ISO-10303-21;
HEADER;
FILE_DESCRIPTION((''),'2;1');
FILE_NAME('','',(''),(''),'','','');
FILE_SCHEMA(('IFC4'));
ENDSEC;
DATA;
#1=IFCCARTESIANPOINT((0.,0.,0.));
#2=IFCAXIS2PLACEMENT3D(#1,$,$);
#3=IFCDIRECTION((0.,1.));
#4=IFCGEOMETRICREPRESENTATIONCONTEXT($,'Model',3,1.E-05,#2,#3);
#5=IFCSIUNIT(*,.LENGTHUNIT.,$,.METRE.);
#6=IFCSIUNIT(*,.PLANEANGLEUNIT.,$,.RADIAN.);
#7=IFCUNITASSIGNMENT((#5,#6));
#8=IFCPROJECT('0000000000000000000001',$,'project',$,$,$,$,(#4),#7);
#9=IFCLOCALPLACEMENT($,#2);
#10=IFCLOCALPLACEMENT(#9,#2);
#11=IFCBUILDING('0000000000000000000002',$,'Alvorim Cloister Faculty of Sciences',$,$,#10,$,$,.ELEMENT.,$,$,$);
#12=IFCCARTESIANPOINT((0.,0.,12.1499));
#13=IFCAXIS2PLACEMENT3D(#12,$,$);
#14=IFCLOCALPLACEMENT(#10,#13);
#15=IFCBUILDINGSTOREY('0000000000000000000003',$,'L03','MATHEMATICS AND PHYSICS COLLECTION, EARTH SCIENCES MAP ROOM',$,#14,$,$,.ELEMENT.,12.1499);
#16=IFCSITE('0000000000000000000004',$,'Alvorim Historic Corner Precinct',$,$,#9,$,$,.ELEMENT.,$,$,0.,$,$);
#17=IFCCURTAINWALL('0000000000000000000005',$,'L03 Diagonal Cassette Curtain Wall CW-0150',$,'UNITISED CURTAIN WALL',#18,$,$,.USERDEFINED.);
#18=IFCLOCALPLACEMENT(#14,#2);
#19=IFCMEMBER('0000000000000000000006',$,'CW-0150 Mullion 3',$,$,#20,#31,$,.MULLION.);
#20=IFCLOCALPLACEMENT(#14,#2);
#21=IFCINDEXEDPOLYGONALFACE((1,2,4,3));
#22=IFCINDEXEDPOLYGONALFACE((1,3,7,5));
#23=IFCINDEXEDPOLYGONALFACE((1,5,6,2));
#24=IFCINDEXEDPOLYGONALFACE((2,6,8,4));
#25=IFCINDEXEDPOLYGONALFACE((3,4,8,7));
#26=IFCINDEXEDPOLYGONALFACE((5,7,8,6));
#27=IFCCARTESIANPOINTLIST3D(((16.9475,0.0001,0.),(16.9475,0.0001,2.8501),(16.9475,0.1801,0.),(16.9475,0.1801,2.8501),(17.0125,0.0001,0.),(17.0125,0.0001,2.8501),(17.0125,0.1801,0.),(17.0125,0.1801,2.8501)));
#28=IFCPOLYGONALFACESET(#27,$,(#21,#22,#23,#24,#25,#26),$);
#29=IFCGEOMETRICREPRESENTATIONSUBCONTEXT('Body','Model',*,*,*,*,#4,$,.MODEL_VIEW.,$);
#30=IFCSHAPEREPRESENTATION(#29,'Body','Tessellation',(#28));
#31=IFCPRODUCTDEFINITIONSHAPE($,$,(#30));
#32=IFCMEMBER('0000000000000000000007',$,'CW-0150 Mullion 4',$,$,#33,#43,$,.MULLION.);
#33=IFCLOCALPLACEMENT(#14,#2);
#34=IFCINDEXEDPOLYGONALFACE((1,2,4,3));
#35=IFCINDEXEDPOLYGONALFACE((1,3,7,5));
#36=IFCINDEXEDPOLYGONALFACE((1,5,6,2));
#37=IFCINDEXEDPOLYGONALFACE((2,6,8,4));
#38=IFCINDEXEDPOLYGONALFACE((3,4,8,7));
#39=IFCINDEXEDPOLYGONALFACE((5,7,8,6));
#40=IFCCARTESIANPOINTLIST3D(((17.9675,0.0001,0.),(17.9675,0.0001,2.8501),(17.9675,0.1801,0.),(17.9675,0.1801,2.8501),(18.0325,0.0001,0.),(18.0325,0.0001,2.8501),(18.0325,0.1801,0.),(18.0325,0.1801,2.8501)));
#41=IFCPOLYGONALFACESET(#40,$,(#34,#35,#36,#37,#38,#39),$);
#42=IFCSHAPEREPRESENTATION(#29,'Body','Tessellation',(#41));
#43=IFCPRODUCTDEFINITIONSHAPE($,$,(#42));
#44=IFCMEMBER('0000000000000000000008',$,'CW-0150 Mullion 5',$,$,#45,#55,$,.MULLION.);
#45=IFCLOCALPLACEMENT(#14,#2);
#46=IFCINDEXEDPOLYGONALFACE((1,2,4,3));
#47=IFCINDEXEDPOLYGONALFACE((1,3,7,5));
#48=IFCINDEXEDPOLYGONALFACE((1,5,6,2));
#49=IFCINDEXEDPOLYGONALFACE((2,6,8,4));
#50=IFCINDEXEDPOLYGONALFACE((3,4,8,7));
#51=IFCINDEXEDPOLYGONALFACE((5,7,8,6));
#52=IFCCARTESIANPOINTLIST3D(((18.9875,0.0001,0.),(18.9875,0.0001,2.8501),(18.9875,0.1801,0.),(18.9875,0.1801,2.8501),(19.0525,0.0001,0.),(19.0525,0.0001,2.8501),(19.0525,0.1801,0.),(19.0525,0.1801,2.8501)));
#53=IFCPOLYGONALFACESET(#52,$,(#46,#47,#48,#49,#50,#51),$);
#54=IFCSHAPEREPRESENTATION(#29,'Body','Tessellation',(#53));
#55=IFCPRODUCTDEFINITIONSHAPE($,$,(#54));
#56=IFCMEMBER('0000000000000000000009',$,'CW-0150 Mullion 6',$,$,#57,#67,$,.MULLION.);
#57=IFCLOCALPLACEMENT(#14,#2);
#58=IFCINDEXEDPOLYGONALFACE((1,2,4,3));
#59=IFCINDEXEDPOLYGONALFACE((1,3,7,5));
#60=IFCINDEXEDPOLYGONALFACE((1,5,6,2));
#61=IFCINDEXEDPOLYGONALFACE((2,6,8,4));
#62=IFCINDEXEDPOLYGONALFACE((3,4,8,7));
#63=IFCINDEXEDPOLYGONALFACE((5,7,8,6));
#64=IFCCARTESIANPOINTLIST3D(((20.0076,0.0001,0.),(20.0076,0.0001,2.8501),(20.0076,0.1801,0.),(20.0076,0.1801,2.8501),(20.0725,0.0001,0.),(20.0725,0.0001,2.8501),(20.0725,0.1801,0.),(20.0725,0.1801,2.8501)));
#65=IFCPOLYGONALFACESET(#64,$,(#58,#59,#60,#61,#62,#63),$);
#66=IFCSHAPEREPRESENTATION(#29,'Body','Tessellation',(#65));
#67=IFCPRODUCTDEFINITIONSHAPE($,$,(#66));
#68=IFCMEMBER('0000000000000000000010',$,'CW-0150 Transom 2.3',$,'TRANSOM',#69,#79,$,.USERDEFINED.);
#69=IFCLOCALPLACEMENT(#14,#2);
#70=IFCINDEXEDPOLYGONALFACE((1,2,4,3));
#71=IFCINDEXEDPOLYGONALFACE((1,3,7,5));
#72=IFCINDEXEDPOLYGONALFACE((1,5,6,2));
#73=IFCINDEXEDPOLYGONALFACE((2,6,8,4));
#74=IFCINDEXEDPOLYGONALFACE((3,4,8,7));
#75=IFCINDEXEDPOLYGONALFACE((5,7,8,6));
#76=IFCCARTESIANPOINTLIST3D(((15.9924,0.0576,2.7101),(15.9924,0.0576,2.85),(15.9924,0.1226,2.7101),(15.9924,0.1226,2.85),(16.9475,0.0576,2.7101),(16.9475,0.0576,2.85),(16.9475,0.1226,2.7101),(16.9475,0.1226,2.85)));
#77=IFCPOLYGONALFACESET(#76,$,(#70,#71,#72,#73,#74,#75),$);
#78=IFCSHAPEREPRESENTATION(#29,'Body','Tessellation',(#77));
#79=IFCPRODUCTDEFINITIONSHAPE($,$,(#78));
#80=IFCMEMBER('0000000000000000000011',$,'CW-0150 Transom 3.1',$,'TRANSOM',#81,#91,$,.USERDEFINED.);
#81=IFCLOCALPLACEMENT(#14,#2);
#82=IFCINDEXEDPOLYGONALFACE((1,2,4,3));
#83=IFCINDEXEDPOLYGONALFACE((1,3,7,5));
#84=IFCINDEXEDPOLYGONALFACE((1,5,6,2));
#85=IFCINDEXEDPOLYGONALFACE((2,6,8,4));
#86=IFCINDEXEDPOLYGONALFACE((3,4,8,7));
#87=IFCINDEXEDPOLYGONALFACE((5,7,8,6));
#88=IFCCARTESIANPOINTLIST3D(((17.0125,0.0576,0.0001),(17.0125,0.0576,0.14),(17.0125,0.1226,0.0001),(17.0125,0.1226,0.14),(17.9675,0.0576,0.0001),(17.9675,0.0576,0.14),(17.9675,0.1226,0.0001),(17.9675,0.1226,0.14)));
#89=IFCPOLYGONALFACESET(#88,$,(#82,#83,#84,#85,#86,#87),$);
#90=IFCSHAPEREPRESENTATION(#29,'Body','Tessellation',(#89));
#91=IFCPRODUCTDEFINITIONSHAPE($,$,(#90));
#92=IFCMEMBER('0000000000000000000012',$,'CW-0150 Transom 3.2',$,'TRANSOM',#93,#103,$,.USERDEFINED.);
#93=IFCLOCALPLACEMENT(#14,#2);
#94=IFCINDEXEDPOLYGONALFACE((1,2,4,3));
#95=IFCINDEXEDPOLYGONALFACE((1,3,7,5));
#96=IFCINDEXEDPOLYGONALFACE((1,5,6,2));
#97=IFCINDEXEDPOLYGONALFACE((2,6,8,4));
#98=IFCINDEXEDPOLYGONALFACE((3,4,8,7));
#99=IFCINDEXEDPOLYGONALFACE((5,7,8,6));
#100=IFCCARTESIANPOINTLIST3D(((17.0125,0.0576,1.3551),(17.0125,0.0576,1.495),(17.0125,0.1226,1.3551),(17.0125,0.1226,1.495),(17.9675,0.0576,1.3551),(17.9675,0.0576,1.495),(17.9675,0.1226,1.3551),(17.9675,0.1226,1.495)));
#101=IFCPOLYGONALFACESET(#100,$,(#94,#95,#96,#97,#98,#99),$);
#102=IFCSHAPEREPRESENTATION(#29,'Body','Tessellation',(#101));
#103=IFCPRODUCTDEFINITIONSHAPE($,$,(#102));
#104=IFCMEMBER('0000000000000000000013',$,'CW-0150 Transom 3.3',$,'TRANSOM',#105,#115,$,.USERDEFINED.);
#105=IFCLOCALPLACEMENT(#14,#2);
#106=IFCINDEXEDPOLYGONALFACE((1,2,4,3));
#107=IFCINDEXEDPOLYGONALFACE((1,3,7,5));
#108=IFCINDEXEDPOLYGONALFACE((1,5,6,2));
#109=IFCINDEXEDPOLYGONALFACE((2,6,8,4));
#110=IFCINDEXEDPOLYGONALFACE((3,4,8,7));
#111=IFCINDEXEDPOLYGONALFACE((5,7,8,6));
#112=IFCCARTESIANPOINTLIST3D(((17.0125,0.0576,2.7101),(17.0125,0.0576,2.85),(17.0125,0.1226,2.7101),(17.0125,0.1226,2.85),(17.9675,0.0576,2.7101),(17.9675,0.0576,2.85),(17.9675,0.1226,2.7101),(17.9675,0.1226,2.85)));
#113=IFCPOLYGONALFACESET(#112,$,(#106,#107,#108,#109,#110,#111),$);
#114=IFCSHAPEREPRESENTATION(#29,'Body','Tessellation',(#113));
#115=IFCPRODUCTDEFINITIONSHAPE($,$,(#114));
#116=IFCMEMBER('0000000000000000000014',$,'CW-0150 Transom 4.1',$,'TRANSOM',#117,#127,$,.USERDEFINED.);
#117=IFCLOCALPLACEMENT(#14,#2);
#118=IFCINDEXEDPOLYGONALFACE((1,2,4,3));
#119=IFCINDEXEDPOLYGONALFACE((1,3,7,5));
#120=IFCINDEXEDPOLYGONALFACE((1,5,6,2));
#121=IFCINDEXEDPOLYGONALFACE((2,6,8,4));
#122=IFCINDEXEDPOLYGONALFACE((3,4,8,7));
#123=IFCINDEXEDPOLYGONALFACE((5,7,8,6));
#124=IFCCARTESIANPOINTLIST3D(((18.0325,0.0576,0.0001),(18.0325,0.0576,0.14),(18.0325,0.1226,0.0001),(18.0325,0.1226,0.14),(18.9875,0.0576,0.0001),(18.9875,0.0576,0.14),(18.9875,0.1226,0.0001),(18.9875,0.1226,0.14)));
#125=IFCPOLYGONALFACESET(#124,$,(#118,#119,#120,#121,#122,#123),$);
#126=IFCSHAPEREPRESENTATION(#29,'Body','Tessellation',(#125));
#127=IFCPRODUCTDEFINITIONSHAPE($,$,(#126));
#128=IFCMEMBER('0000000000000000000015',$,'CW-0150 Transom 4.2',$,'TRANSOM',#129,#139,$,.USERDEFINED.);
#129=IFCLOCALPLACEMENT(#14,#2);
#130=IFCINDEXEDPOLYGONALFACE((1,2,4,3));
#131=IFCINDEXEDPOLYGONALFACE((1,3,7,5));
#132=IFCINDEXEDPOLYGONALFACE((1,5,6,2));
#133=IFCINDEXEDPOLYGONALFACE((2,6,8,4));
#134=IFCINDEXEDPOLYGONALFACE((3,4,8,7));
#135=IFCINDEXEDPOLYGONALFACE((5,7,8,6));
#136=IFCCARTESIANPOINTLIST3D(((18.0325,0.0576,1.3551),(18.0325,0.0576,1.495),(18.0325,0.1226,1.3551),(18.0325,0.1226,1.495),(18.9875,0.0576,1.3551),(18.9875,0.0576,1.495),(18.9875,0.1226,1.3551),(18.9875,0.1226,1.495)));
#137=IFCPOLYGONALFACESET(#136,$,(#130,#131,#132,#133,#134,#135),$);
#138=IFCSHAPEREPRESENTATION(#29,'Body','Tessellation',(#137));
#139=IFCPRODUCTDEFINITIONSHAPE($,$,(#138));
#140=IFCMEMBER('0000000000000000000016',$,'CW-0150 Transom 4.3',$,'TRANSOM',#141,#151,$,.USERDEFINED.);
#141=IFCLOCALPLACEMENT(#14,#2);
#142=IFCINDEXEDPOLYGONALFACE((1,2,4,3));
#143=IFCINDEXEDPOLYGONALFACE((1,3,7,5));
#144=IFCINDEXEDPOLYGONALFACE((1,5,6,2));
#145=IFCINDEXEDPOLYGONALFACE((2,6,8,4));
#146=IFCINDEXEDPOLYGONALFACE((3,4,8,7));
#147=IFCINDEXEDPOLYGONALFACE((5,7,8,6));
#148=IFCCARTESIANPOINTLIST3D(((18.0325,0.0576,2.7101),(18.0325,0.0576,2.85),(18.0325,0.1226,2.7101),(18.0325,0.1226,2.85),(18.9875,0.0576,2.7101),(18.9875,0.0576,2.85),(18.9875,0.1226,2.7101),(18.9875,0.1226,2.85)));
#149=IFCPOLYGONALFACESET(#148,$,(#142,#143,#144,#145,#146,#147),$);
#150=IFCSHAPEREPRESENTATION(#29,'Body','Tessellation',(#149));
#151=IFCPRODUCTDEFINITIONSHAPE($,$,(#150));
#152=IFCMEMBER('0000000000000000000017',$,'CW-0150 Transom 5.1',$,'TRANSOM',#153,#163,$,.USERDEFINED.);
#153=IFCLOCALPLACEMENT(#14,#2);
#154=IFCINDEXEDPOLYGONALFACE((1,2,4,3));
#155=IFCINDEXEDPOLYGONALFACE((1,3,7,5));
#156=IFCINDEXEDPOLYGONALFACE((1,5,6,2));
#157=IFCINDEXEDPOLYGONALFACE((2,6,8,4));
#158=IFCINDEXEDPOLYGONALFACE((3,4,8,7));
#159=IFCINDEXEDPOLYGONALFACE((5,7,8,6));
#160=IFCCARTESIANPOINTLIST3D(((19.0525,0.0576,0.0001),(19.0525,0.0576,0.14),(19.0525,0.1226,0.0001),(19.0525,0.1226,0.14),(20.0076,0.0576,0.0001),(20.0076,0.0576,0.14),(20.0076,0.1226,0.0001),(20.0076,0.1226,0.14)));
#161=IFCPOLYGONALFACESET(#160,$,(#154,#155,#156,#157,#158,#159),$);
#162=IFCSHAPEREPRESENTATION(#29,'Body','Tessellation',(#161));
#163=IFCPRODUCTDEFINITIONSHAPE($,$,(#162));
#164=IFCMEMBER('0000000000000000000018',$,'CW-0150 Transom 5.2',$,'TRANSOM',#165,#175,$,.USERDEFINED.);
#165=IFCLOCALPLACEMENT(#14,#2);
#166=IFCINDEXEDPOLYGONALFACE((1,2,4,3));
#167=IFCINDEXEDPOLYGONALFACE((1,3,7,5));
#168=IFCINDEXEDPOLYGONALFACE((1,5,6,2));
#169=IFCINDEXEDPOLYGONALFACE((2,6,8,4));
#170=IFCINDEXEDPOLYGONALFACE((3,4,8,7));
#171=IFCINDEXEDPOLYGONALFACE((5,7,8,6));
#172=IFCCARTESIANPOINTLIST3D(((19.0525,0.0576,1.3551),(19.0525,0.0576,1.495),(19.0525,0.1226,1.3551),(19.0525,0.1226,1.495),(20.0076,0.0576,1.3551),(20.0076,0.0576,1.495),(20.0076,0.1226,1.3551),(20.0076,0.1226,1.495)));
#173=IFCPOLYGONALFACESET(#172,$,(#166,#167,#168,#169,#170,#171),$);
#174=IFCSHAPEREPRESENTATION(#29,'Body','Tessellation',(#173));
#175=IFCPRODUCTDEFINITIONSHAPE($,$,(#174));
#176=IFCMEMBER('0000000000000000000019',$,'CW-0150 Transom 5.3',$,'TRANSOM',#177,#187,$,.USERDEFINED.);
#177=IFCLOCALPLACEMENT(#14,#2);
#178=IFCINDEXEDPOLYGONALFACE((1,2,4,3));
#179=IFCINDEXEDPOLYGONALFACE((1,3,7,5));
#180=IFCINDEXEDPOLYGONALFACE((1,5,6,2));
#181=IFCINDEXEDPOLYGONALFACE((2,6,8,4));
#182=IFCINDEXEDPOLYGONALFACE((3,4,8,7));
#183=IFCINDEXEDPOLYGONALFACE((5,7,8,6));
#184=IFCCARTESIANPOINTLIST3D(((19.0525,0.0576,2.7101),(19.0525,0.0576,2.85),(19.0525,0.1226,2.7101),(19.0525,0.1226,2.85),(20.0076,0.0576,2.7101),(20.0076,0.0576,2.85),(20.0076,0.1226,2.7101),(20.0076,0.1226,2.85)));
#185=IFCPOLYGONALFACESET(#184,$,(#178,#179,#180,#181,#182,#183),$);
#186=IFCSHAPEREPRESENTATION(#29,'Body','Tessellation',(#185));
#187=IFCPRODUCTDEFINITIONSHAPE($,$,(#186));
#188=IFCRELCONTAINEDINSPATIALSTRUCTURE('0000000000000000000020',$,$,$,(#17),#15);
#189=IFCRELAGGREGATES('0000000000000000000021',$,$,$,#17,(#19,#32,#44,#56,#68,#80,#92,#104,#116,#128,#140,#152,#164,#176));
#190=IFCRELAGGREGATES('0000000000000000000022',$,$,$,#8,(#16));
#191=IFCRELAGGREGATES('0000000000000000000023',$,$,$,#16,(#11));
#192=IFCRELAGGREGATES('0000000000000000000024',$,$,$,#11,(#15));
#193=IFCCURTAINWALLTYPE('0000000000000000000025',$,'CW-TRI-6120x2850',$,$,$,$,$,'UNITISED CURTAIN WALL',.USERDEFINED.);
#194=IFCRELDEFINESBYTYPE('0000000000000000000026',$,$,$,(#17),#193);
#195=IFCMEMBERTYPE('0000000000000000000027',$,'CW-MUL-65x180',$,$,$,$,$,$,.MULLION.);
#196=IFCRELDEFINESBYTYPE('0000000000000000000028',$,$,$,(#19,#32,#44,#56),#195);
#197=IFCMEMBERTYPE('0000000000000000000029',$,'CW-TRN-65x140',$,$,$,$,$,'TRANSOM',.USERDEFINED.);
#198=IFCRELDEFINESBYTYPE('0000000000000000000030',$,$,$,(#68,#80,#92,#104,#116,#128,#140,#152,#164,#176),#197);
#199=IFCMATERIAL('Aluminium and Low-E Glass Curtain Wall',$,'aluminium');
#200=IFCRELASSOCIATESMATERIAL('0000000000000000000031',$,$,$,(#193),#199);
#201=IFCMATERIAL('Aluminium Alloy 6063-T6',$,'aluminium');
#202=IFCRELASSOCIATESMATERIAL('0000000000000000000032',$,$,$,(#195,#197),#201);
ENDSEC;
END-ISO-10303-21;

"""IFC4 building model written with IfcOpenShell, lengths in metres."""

from ifc_helpers import new_model, si_unit, direction, frame, origin, origin_2d, place, context, subcontext, project, spatial, rectangle, extrude, material, material_profile, profile_set, type_object, element, aggregate, save


model = new_model("IFC4")

# Units and contexts
model_context = context("Model", 3, precision=1e-05, world=origin(), true_north=direction((0.0, 1.0)))
body_context = subcontext(model_context, "Body", "Model", "MODEL_VIEW")
ifc_project = project(units=[si_unit("LENGTHUNIT", "METRE"), si_unit("PLANEANGLEUNIT", "RADIAN")], contexts=[model_context])

# Site, building, storey
site_placement = place(None, origin())
site = spatial("IfcSite", under=ifc_project, at=site_placement, Name="Alvorim Historic Corner Precinct", CompositionType="ELEMENT", RefElevation=0.0)
building_placement = place(site_placement, origin())
building = spatial("IfcBuilding", under=site, at=building_placement, Name="Alvorim Cloister Faculty of Sciences", CompositionType="ELEMENT")
storey_placement = place(building_placement, frame((0.0, 0.0, 12.1499)))
storey = spatial("IfcBuildingStorey", under=building, at=storey_placement, Name="L03", Description="MATHEMATICS AND PHYSICS COLLECTION, EARTH SCIENCES MAP ROOM", CompositionType="ELEMENT", Elevation=12.1499)

# Curtain wall, members
ifc_material_1 = material(Name="Aluminium and Low-E Glass Curtain Wall", Category="aluminium")
curtain_wall_type = type_object("IfcCurtainWallType", Name="CW-TRI-6120x2850", ElementType="UNITISED CURTAIN WALL", PredefinedType="USERDEFINED", material=ifc_material_1)
curtain_wall_placement = place(storey_placement, origin())
curtain_wall = element("IfcCurtainWall", 1, at=curtain_wall_placement, inside=storey, type_object=curtain_wall_type, Name="L03 Diagonal Cassette Curtain Wall CW-0150", ObjectType="UNITISED CURTAIN WALL", PredefinedType="USERDEFINED")
ifc_material_2 = material(Name="Aluminium Alloy 6063-T6", Category="aluminium")
ifc_material_profile_1 = material_profile(ifc_material_2, rectangle(XDim=0.0649, YDim=0.1799, at=origin_2d()), Name="ALU-MUL-65x180")
ifc_profile_set_1 = profile_set([ifc_material_profile_1], Name="Aluminium Alloy 6063-T6")
member_type_1 = type_object("IfcMemberType", Name="CW-MUL-65x180", PredefinedType="MULLION", material=ifc_profile_set_1)
member_1_placement = place(storey_placement, frame((16.98, 0.0901, 0.0), z_axis=(0.0, 0.0, 1.0), x_axis=(1.0, 0.0, 0.0)))
member_1 = element("IfcMember", 2, at=member_1_placement, type_object=member_type_1, Name="CW-0150 Mullion 3", PredefinedType="MULLION", context=body_context, shape_type="SweptSolid", body=[
    extrude(rectangle(XDim=0.0649, YDim=0.1799, at=origin_2d()), origin(), (0.0, 0.0, 1.0), 2.8501),
])
member_2_placement = place(storey_placement, frame((18.0, 0.0901, 0.0), z_axis=(0.0, 0.0, 1.0), x_axis=(1.0, 0.0, 0.0)))
member_2 = element("IfcMember", 3, at=member_2_placement, type_object=member_type_1, Name="CW-0150 Mullion 4", PredefinedType="MULLION", context=body_context, shape_type="SweptSolid", body=[
    extrude(rectangle(XDim=0.0649, YDim=0.1799, at=origin_2d()), origin(), (0.0, 0.0, 1.0), 2.8501),
])
member_3_placement = place(storey_placement, frame((19.02, 0.0901, 0.0), z_axis=(0.0, 0.0, 1.0), x_axis=(1.0, 0.0, 0.0)))
member_3 = element("IfcMember", 4, at=member_3_placement, type_object=member_type_1, Name="CW-0150 Mullion 5", PredefinedType="MULLION", context=body_context, shape_type="SweptSolid", body=[
    extrude(rectangle(XDim=0.0649, YDim=0.1799, at=origin_2d()), origin(), (0.0, 0.0, 1.0), 2.8501),
])
member_4_placement = place(storey_placement, frame((20.04, 0.0901, 0.0), z_axis=(0.0, 0.0, 1.0), x_axis=(1.0, 0.0, 0.0)))
member_4 = element("IfcMember", 5, at=member_4_placement, type_object=member_type_1, Name="CW-0150 Mullion 6", PredefinedType="MULLION", context=body_context, shape_type="SweptSolid", body=[
    extrude(rectangle(XDim=0.0649, YDim=0.1799, at=origin_2d()), origin(), (0.0, 0.0, 1.0), 2.8501),
])
ifc_material_profile_2 = material_profile(ifc_material_2, rectangle(XDim=0.0649, YDim=0.1399, at=origin_2d()), Name="ALU-TRN-65x140")
ifc_profile_set_2 = profile_set([ifc_material_profile_2], Name="Aluminium Alloy 6063-T6")
member_type_2 = type_object("IfcMemberType", Name="CW-TRN-65x140", ElementType="TRANSOM", PredefinedType="USERDEFINED", material=ifc_profile_set_2)
member_5_placement = place(storey_placement, frame((15.9924, 0.0901, 2.78), z_axis=(1.0, 0.0, 0.0), x_axis=(0.0, 1.0, 0.0)))
member_5 = element("IfcMember", 6, at=member_5_placement, type_object=member_type_2, Name="CW-0150 Transom 2.3", ObjectType="TRANSOM", PredefinedType="USERDEFINED", context=body_context, shape_type="SweptSolid", body=[
    extrude(rectangle(XDim=0.0649, YDim=0.1399, at=origin_2d()), origin(), (0.0, 0.0, 1.0), 0.9551),
])
member_6_placement = place(storey_placement, frame((17.0125, 0.0901, 0.0701), z_axis=(1.0, 0.0, 0.0), x_axis=(0.0, 1.0, 0.0)))
member_6 = element("IfcMember", 7, at=member_6_placement, type_object=member_type_2, Name="CW-0150 Transom 3.1", ObjectType="TRANSOM", PredefinedType="USERDEFINED", context=body_context, shape_type="SweptSolid", body=[
    extrude(rectangle(XDim=0.0649, YDim=0.1399, at=origin_2d()), origin(), (0.0, 0.0, 1.0), 0.9551),
])
member_7_placement = place(storey_placement, frame((17.0125, 0.0901, 1.425), z_axis=(1.0, 0.0, 0.0), x_axis=(0.0, 1.0, 0.0)))
member_7 = element("IfcMember", 8, at=member_7_placement, type_object=member_type_2, Name="CW-0150 Transom 3.2", ObjectType="TRANSOM", PredefinedType="USERDEFINED", context=body_context, shape_type="SweptSolid", body=[
    extrude(rectangle(XDim=0.0649, YDim=0.1399, at=origin_2d()), origin(), (0.0, 0.0, 1.0), 0.9551),
])
member_8_placement = place(storey_placement, frame((17.0125, 0.0901, 2.78), z_axis=(1.0, 0.0, 0.0), x_axis=(0.0, 1.0, 0.0)))
member_8 = element("IfcMember", 9, at=member_8_placement, type_object=member_type_2, Name="CW-0150 Transom 3.3", ObjectType="TRANSOM", PredefinedType="USERDEFINED", context=body_context, shape_type="SweptSolid", body=[
    extrude(rectangle(XDim=0.0649, YDim=0.1399, at=origin_2d()), origin(), (0.0, 0.0, 1.0), 0.9551),
])
member_9_placement = place(storey_placement, frame((18.0325, 0.0901, 0.0701), z_axis=(1.0, 0.0, 0.0), x_axis=(0.0, 1.0, 0.0)))
member_9 = element("IfcMember", 10, at=member_9_placement, type_object=member_type_2, Name="CW-0150 Transom 4.1", ObjectType="TRANSOM", PredefinedType="USERDEFINED", context=body_context, shape_type="SweptSolid", body=[
    extrude(rectangle(XDim=0.0649, YDim=0.1399, at=origin_2d()), origin(), (0.0, 0.0, 1.0), 0.9551),
])
member_10_placement = place(storey_placement, frame((18.0325, 0.0901, 1.425), z_axis=(1.0, 0.0, 0.0), x_axis=(0.0, 1.0, 0.0)))
member_10 = element("IfcMember", 11, at=member_10_placement, type_object=member_type_2, Name="CW-0150 Transom 4.2", ObjectType="TRANSOM", PredefinedType="USERDEFINED", context=body_context, shape_type="SweptSolid", body=[
    extrude(rectangle(XDim=0.0649, YDim=0.1399, at=origin_2d()), origin(), (0.0, 0.0, 1.0), 0.9551),
])
member_11_placement = place(storey_placement, frame((18.0325, 0.0901, 2.78), z_axis=(1.0, 0.0, 0.0), x_axis=(0.0, 1.0, 0.0)))
member_11 = element("IfcMember", 12, at=member_11_placement, type_object=member_type_2, Name="CW-0150 Transom 4.3", ObjectType="TRANSOM", PredefinedType="USERDEFINED", context=body_context, shape_type="SweptSolid", body=[
    extrude(rectangle(XDim=0.0649, YDim=0.1399, at=origin_2d()), origin(), (0.0, 0.0, 1.0), 0.9551),
])
member_12_placement = place(storey_placement, frame((19.0525, 0.0901, 0.0701), z_axis=(1.0, 0.0, 0.0), x_axis=(0.0, 1.0, 0.0)))
member_12 = element("IfcMember", 13, at=member_12_placement, type_object=member_type_2, Name="CW-0150 Transom 5.1", ObjectType="TRANSOM", PredefinedType="USERDEFINED", context=body_context, shape_type="SweptSolid", body=[
    extrude(rectangle(XDim=0.0649, YDim=0.1399, at=origin_2d()), origin(), (0.0, 0.0, 1.0), 0.9551),
])
member_13_placement = place(storey_placement, frame((19.0525, 0.0901, 1.425), z_axis=(1.0, 0.0, 0.0), x_axis=(0.0, 1.0, 0.0)))
member_13 = element("IfcMember", 14, at=member_13_placement, type_object=member_type_2, Name="CW-0150 Transom 5.2", ObjectType="TRANSOM", PredefinedType="USERDEFINED", context=body_context, shape_type="SweptSolid", body=[
    extrude(rectangle(XDim=0.0649, YDim=0.1399, at=origin_2d()), origin(), (0.0, 0.0, 1.0), 0.9551),
])
member_14_placement = place(storey_placement, frame((19.0525, 0.0901, 2.78), z_axis=(1.0, 0.0, 0.0), x_axis=(0.0, 1.0, 0.0)))
member_14 = element("IfcMember", 15, at=member_14_placement, type_object=member_type_2, Name="CW-0150 Transom 5.3", ObjectType="TRANSOM", PredefinedType="USERDEFINED", context=body_context, shape_type="SweptSolid", body=[
    extrude(rectangle(XDim=0.0649, YDim=0.1399, at=origin_2d()), origin(), (0.0, 0.0, 1.0), 0.9551),
])
aggregate(curtain_wall, [member_1, member_2, member_3, member_4, member_5, member_6, member_7, member_8, member_9, member_10, member_11, member_12, member_13, member_14])

save(model, "model.ifc")
